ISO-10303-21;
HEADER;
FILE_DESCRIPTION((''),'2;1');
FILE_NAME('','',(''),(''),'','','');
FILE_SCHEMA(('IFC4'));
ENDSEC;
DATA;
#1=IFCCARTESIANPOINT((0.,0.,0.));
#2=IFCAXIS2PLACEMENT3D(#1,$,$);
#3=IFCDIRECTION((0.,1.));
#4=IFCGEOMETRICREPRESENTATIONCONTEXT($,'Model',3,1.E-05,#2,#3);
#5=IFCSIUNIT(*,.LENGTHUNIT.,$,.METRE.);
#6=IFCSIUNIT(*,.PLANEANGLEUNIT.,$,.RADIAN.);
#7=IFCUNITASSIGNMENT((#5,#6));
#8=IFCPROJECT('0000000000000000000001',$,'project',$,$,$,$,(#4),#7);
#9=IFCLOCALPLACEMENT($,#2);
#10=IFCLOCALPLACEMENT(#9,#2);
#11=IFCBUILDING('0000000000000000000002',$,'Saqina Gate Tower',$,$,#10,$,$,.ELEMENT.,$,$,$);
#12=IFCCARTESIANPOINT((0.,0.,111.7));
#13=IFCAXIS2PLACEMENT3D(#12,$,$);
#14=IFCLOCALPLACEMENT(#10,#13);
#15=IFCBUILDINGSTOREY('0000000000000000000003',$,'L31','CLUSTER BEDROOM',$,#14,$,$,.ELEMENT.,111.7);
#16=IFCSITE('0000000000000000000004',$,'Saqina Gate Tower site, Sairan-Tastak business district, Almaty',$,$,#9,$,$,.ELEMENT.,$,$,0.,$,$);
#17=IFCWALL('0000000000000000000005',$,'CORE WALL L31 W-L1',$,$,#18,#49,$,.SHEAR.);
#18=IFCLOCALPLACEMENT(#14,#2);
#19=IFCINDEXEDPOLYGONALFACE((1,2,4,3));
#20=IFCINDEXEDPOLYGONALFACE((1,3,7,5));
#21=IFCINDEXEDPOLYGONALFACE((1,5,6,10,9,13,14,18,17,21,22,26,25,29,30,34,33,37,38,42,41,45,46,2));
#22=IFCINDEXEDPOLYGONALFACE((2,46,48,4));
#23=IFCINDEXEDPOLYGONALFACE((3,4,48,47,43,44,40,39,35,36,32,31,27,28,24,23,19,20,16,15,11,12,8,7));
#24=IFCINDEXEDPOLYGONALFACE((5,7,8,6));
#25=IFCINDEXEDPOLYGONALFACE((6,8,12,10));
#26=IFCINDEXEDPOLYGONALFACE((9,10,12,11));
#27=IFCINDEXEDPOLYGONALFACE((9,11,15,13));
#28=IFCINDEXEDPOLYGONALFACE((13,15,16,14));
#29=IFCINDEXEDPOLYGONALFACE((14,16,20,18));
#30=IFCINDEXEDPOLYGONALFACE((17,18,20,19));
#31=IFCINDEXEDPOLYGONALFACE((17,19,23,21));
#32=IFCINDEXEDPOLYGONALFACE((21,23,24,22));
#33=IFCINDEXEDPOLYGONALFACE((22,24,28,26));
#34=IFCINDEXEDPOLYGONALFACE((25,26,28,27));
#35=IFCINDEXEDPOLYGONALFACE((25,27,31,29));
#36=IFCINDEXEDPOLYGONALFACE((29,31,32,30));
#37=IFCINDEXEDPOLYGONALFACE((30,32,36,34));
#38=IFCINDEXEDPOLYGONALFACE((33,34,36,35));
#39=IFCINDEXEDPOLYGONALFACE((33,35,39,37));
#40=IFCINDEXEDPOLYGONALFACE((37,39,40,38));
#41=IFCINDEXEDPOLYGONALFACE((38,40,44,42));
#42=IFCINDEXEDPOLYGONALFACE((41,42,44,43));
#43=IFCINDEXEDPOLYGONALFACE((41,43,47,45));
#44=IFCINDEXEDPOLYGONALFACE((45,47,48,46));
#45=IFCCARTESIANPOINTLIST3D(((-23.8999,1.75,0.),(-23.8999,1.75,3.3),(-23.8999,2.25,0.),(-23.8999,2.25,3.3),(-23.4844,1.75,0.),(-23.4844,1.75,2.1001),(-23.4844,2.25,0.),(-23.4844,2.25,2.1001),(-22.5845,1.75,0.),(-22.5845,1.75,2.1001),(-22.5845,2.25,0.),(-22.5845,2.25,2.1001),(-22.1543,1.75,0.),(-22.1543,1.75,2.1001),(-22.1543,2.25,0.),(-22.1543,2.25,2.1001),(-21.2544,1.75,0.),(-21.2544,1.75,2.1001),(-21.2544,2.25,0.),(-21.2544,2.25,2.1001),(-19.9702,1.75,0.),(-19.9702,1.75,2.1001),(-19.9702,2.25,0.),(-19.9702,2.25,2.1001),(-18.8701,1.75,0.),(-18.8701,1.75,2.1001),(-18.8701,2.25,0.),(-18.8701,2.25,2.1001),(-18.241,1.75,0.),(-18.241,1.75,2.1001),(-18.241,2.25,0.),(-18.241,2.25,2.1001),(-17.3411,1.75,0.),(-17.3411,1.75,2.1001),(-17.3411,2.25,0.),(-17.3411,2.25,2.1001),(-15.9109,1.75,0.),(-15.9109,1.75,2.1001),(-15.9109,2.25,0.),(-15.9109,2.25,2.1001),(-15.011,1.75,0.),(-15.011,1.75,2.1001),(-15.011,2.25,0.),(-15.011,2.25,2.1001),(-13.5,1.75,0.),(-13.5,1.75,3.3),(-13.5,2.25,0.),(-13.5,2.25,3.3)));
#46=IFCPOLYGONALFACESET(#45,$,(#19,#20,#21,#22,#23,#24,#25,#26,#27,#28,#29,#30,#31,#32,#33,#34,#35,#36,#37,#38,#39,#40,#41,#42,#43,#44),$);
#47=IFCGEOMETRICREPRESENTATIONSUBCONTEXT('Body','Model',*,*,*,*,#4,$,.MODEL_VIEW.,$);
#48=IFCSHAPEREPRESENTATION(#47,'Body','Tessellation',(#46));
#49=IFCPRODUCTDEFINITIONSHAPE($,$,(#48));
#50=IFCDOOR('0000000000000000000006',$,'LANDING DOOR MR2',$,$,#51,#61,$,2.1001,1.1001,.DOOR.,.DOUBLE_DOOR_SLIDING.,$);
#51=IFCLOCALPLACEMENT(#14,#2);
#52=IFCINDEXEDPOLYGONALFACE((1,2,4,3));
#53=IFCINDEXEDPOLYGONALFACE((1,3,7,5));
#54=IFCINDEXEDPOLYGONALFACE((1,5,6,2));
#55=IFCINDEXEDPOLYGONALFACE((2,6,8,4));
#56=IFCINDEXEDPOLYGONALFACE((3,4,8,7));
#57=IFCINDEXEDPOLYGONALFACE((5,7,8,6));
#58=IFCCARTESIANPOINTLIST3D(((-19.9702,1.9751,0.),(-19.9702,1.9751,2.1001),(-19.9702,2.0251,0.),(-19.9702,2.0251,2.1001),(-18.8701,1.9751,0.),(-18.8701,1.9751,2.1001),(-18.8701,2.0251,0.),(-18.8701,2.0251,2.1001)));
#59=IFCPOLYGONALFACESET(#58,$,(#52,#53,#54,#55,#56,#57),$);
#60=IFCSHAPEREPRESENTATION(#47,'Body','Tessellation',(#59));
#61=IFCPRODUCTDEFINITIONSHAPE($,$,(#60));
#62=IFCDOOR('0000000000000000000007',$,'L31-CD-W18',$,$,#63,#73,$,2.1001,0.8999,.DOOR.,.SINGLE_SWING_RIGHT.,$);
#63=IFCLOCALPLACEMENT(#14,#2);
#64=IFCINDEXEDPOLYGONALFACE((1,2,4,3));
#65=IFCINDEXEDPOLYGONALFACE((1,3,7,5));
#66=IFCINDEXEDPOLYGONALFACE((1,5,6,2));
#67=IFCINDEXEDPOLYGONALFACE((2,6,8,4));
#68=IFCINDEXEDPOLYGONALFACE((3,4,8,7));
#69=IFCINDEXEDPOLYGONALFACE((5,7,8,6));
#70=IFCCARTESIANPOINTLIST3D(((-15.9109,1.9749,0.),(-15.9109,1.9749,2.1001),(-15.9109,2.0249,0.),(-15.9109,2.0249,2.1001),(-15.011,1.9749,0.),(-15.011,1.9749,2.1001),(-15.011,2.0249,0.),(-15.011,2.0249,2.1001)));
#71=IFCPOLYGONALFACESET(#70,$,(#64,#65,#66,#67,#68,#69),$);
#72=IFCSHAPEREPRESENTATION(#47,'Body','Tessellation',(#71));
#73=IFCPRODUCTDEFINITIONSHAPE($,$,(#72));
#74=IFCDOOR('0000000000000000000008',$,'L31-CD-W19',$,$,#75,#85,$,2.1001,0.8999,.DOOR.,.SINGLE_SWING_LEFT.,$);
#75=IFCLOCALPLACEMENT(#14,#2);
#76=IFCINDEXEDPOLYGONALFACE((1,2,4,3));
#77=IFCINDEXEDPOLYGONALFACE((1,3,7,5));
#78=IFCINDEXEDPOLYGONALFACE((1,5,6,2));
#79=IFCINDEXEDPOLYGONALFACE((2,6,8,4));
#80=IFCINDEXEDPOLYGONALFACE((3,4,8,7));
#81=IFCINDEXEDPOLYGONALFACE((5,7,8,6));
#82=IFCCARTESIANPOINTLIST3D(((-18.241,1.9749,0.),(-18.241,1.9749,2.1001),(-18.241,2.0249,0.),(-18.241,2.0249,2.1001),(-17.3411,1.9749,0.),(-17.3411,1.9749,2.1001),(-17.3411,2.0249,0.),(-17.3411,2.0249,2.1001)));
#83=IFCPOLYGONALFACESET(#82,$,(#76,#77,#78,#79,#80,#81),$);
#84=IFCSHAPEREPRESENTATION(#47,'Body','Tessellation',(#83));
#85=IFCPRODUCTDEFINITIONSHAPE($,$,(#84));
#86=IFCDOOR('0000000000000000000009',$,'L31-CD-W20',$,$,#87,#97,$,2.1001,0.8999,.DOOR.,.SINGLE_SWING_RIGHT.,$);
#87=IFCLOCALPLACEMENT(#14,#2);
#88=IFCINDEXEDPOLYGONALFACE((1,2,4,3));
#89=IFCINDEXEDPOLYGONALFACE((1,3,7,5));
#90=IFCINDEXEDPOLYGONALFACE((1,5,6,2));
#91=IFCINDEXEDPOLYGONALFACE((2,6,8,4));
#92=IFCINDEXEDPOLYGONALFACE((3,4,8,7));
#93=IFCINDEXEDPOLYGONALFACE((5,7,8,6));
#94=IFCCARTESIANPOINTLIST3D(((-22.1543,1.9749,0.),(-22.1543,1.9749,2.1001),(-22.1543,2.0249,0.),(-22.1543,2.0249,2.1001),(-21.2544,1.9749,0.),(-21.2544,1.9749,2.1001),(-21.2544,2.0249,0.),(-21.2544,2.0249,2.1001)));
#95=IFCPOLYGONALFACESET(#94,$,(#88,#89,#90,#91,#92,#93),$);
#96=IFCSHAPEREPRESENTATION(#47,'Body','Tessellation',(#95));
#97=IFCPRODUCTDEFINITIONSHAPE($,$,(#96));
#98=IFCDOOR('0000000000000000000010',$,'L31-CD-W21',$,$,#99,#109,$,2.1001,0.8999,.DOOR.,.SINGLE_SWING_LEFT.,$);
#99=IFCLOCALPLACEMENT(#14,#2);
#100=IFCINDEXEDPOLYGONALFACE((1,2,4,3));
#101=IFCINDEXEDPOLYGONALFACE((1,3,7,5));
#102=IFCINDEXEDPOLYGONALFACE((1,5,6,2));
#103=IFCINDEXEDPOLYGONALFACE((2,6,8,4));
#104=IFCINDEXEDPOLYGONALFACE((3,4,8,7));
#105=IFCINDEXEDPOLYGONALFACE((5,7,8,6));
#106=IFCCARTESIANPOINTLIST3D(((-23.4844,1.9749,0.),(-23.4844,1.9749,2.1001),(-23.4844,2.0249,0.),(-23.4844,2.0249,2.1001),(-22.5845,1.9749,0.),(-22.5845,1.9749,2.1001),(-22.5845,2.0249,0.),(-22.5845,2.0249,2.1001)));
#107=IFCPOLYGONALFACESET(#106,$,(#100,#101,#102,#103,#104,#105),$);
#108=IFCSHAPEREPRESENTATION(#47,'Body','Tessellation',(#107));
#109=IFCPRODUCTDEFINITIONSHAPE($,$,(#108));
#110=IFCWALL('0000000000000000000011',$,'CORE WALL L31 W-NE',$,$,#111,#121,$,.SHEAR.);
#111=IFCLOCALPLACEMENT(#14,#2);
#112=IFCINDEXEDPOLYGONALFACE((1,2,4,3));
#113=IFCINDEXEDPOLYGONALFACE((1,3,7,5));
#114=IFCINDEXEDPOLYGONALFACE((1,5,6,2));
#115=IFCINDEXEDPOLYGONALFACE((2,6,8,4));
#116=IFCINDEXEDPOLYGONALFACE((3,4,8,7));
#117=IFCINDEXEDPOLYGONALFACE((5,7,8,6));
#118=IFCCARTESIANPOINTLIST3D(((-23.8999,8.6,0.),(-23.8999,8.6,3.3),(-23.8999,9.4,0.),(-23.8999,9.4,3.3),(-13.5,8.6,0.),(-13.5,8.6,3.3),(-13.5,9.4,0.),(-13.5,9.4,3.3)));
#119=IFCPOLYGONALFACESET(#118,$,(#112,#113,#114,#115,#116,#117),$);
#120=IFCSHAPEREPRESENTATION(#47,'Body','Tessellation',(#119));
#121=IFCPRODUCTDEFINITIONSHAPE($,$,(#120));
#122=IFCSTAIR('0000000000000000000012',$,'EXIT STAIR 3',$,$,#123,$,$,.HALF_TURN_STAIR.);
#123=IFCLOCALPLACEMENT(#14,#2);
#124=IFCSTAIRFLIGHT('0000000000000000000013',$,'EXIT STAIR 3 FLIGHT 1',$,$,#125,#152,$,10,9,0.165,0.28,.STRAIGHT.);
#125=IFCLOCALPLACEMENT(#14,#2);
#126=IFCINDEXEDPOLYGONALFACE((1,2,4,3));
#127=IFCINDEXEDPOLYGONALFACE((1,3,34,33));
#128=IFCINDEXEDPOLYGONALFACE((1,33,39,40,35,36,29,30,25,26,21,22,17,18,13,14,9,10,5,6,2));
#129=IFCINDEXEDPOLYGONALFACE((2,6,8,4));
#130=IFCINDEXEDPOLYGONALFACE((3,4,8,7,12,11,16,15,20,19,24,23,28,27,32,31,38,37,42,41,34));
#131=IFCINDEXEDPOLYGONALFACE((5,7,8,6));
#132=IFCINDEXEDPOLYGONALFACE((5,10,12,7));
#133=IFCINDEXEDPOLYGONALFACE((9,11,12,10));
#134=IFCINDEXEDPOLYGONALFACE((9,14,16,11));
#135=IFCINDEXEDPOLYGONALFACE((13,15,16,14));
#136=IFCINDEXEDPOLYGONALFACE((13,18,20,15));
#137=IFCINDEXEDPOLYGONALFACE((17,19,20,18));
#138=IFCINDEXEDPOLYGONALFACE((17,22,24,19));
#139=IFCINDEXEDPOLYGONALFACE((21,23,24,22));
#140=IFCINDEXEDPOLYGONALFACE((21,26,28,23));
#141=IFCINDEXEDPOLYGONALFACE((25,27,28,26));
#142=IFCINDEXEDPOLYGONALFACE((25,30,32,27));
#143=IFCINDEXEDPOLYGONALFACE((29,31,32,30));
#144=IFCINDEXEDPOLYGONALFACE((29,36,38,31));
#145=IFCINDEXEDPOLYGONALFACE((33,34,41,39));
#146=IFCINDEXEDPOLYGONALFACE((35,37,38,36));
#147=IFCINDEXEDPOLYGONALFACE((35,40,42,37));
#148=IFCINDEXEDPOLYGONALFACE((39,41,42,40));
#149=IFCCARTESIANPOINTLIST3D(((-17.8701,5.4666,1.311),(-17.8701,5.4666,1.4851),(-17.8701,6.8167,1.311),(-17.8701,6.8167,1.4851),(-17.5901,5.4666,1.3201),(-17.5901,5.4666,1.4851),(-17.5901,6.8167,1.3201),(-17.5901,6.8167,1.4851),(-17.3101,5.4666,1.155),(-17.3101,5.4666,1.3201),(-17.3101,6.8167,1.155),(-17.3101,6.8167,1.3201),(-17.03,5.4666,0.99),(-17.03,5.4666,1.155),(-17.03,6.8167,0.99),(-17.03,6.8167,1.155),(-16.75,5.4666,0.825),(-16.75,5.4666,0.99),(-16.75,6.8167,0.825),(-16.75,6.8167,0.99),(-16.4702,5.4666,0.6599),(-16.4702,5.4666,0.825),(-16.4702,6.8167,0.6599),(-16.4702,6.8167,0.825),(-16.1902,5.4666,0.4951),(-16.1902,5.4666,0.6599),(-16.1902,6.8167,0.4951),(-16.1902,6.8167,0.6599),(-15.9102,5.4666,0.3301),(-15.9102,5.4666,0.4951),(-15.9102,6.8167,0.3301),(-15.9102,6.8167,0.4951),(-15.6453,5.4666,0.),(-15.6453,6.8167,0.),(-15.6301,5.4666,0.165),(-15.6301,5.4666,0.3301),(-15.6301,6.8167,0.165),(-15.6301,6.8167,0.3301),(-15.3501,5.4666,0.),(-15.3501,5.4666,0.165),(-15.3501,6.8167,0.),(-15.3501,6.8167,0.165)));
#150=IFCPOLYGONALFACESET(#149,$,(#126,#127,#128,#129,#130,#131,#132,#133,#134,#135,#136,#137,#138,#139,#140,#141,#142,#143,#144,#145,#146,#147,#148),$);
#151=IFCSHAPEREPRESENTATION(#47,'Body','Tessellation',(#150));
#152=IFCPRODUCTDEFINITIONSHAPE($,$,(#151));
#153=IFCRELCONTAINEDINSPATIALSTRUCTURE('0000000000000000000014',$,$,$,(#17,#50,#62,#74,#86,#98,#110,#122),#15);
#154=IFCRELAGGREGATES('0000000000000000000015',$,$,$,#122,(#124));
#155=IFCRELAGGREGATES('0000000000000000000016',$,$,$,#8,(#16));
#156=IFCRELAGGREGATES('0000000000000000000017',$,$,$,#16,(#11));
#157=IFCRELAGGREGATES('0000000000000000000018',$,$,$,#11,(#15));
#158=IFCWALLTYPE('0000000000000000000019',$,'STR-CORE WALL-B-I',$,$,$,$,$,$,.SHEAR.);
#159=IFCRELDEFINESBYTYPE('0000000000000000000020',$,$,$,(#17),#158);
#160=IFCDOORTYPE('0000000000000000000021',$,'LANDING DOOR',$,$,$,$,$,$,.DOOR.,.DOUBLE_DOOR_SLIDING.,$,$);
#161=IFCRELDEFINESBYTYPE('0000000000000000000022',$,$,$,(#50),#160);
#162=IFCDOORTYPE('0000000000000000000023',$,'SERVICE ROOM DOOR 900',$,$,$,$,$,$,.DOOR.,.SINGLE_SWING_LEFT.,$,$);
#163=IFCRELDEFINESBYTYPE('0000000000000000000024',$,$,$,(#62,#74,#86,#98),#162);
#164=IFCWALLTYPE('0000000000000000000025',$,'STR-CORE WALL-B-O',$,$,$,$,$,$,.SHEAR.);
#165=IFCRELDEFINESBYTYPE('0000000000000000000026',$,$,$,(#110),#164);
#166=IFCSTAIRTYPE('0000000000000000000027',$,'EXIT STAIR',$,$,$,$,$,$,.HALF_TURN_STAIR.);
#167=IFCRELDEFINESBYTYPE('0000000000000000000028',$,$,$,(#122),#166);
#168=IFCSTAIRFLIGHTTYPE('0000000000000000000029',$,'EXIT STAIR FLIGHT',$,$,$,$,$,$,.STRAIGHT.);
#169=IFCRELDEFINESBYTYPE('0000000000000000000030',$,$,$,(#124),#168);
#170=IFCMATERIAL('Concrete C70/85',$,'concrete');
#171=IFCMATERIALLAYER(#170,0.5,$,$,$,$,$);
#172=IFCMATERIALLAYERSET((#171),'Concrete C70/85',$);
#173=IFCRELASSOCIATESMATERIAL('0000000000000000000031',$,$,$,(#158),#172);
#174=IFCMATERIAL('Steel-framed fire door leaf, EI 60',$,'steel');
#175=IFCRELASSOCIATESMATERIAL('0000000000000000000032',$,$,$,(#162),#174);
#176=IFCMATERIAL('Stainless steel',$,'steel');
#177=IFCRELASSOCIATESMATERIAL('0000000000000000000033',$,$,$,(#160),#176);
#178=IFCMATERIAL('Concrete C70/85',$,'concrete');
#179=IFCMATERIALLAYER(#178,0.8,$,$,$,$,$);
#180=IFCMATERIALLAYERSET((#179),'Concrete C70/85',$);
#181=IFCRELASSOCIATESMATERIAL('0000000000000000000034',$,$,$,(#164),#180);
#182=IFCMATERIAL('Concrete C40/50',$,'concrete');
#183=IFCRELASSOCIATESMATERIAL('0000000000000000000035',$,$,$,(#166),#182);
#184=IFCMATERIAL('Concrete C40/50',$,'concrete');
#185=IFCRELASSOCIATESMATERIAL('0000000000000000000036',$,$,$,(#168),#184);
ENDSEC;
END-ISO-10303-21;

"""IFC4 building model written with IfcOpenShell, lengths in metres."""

from ifc_helpers import new_model, si_unit, direction, frame, frame_2d, origin, place, context, subcontext, project, spatial, polyline, rectangle, outline, extrude, material, layer, layer_set, type_object, element, fill, aggregate, save


model = new_model("IFC4")

# Units and contexts
model_context = context("Model", 3, precision=1e-05, world=origin(), true_north=direction((0.0, 1.0)))
body_context = subcontext(model_context, "Body", "Model", "MODEL_VIEW")
ifc_project = project(units=[si_unit("LENGTHUNIT", "METRE"), si_unit("PLANEANGLEUNIT", "RADIAN")], contexts=[model_context])

# Site, building, storey
site_placement = place(None, origin())
site = spatial("IfcSite", under=ifc_project, at=site_placement, Name="Saqina Gate Tower site, Sairan-Tastak business district, Almaty", CompositionType="ELEMENT", RefElevation=0.0)
building_placement = place(site_placement, origin())
building = spatial("IfcBuilding", under=site, at=building_placement, Name="Saqina Gate Tower", CompositionType="ELEMENT")
storey_placement = place(building_placement, frame((0.0, 0.0, 111.7)))
storey = spatial("IfcBuildingStorey", under=building, at=storey_placement, Name="L31", Description="CLUSTER BEDROOM", CompositionType="ELEMENT", Elevation=111.7)

# Shared definitions
ifc_material_1 = material(Name="Concrete C70/85", Category="concrete")
ifc_layer_1 = layer(ifc_material_1, 0.5)
ifc_layer_set_1 = layer_set([ifc_layer_1], Name="Concrete C70/85")
wall_type_1 = type_object("IfcWallType", Name="STR-CORE WALL-B-I", PredefinedType="SHEAR", material=ifc_layer_set_1)
ifc_material_2 = material(Name="Steel-framed fire door leaf, EI 60", Category="steel")
door_type_1 = type_object("IfcDoorType", Name="SERVICE ROOM DOOR 900", OperationType="SINGLE_SWING_LEFT", PredefinedType="DOOR", material=ifc_material_2)

# Wall, openings, doors
wall_1_placement = place(storey_placement, frame((-13.5, 2.0, 0.0), z_axis=(0.0, 0.0, 1.0), x_axis=(-1.0, 0.0, 0.0)))
wall_1 = element("IfcWall", 1, at=wall_1_placement, inside=storey, type_object=wall_type_1, Name="CORE WALL L31 W-L1", PredefinedType="SHEAR", context=body_context, shape_type="SweptSolid", body=[
    extrude(rectangle(XDim=10.3999, YDim=0.5, at=frame_2d((5.2, 0.0))), origin(), (0.0, 0.0, 1.0), 3.3),
])
opening_1_placement = place(wall_1_placement, frame((5.3701, 0.0, 0.0)))
opening_1 = element("IfcOpeningElement", 2, at=opening_1_placement, cuts=wall_1, PredefinedType="OPENING", context=body_context, shape_type="SweptSolid", body=[
    extrude(rectangle(XDim=1.1001, YDim=2.1001, at=frame_2d((0.55, 1.05))), frame((0.0, 0.262, 0.0), z_axis=(0.0, -1.0, 0.0), x_axis=(1.0, 0.0, 0.0)), (0.0, 0.0, 1.0), 0.5239),
])
opening_2_placement = place(wall_1_placement, frame((1.511, 0.0, 0.0)))
opening_2 = element("IfcOpeningElement", 3, at=opening_2_placement, cuts=wall_1, PredefinedType="OPENING", context=body_context, shape_type="SweptSolid", body=[
    extrude(rectangle(XDim=0.8999, YDim=2.1001, at=frame_2d((0.45, 1.05))), frame((0.0, 0.262, 0.0), z_axis=(0.0, -1.0, 0.0), x_axis=(1.0, 0.0, 0.0)), (0.0, 0.0, 1.0), 0.5239),
])
opening_3_placement = place(wall_1_placement, frame((3.8411, 0.0, 0.0)))
opening_3 = element("IfcOpeningElement", 4, at=opening_3_placement, cuts=wall_1, PredefinedType="OPENING", context=body_context, shape_type="SweptSolid", body=[
    extrude(rectangle(XDim=0.8999, YDim=2.1001, at=frame_2d((0.45, 1.05))), frame((0.0, 0.262, 0.0), z_axis=(0.0, -1.0, 0.0), x_axis=(1.0, 0.0, 0.0)), (0.0, 0.0, 1.0), 0.5239),
])
opening_4_placement = place(wall_1_placement, frame((7.7544, 0.0, 0.0)))
opening_4 = element("IfcOpeningElement", 5, at=opening_4_placement, cuts=wall_1, PredefinedType="OPENING", context=body_context, shape_type="SweptSolid", body=[
    extrude(rectangle(XDim=0.8999, YDim=2.1001, at=frame_2d((0.45, 1.05))), frame((0.0, 0.262, 0.0), z_axis=(0.0, -1.0, 0.0), x_axis=(1.0, 0.0, 0.0)), (0.0, 0.0, 1.0), 0.5239),
])
opening_5_placement = place(wall_1_placement, frame((9.0845, 0.0, 0.0)))
opening_5 = element("IfcOpeningElement", 6, at=opening_5_placement, cuts=wall_1, PredefinedType="OPENING", context=body_context, shape_type="SweptSolid", body=[
    extrude(rectangle(XDim=0.8999, YDim=2.1001, at=frame_2d((0.45, 1.05))), frame((0.0, 0.262, 0.0), z_axis=(0.0, -1.0, 0.0), x_axis=(1.0, 0.0, 0.0)), (0.0, 0.0, 1.0), 0.5239),
])
ifc_material_3 = material(Name="Stainless steel", Category="steel")
door_type_2 = type_object("IfcDoorType", Name="LANDING DOOR", OperationType="DOUBLE_DOOR_SLIDING", PredefinedType="DOOR", material=ifc_material_3)
door_1_placement = place(opening_1_placement, origin())
door_1 = element("IfcDoor", 7, at=door_1_placement, inside=storey, type_object=door_type_2, Name="LANDING DOOR MR2", OperationType="DOUBLE_DOOR_SLIDING", OverallHeight=2.1001, OverallWidth=1.1001, PredefinedType="DOOR", context=body_context, shape_type="SweptSolid", body=[
    extrude(rectangle(XDim=1.1001, YDim=2.1001, at=frame_2d((0.55, 1.05))), frame((0.0, 0.0249, 0.0), z_axis=(0.0, -1.0, 0.0), x_axis=(1.0, 0.0, 0.0)), (0.0, 0.0, 1.0), 0.05),
])
fill(opening_1, door_1)
door_2_placement = place(opening_2_placement, frame((0.8999, 0.0, 0.0), z_axis=(0.0, 0.0, 1.0), x_axis=(-1.0, 0.0, 0.0)))
door_2 = element("IfcDoor", 8, at=door_2_placement, inside=storey, type_object=door_type_1, Name="L31-CD-W18", OperationType="SINGLE_SWING_RIGHT", OverallHeight=2.1001, OverallWidth=0.8999, PredefinedType="DOOR", context=body_context, shape_type="SweptSolid", body=[
    extrude(rectangle(XDim=0.8999, YDim=2.1001, at=frame_2d((0.45, 1.05))), frame((0.0, 0.0249, 0.0), z_axis=(0.0, -1.0, 0.0), x_axis=(1.0, 0.0, 0.0)), (0.0, 0.0, 1.0), 0.05),
])
fill(opening_2, door_2)
door_3_placement = place(opening_3_placement, frame((0.8999, 0.0, 0.0), z_axis=(0.0, 0.0, 1.0), x_axis=(-1.0, 0.0, 0.0)))
door_3 = element("IfcDoor", 9, at=door_3_placement, inside=storey, type_object=door_type_1, Name="L31-CD-W19", OperationType="SINGLE_SWING_LEFT", OverallHeight=2.1001, OverallWidth=0.8999, PredefinedType="DOOR", context=body_context, shape_type="SweptSolid", body=[
    extrude(rectangle(XDim=0.8999, YDim=2.1001, at=frame_2d((0.45, 1.05))), frame((0.0, 0.0249, 0.0), z_axis=(0.0, -1.0, 0.0), x_axis=(1.0, 0.0, 0.0)), (0.0, 0.0, 1.0), 0.05),
])
fill(opening_3, door_3)
door_4_placement = place(opening_4_placement, frame((0.8999, 0.0, 0.0), z_axis=(0.0, 0.0, 1.0), x_axis=(-1.0, 0.0, 0.0)))
door_4 = element("IfcDoor", 10, at=door_4_placement, inside=storey, type_object=door_type_1, Name="L31-CD-W20", OperationType="SINGLE_SWING_RIGHT", OverallHeight=2.1001, OverallWidth=0.8999, PredefinedType="DOOR", context=body_context, shape_type="SweptSolid", body=[
    extrude(rectangle(XDim=0.8999, YDim=2.1001, at=frame_2d((0.45, 1.05))), frame((0.0, 0.0249, 0.0), z_axis=(0.0, -1.0, 0.0), x_axis=(1.0, 0.0, 0.0)), (0.0, 0.0, 1.0), 0.05),
])
fill(opening_4, door_4)
door_5_placement = place(opening_5_placement, frame((0.8999, 0.0, 0.0), z_axis=(0.0, 0.0, 1.0), x_axis=(-1.0, 0.0, 0.0)))
door_5 = element("IfcDoor", 11, at=door_5_placement, inside=storey, type_object=door_type_1, Name="L31-CD-W21", OperationType="SINGLE_SWING_LEFT", OverallHeight=2.1001, OverallWidth=0.8999, PredefinedType="DOOR", context=body_context, shape_type="SweptSolid", body=[
    extrude(rectangle(XDim=0.8999, YDim=2.1001, at=frame_2d((0.45, 1.05))), frame((0.0, 0.0249, 0.0), z_axis=(0.0, -1.0, 0.0), x_axis=(1.0, 0.0, 0.0)), (0.0, 0.0, 1.0), 0.05),
])
fill(opening_5, door_5)

# Wall
ifc_material_4 = material(Name="Concrete C70/85", Category="concrete")
ifc_layer_2 = layer(ifc_material_4, 0.8)
ifc_layer_set_2 = layer_set([ifc_layer_2], Name="Concrete C70/85")
wall_type_2 = type_object("IfcWallType", Name="STR-CORE WALL-B-O", PredefinedType="SHEAR", material=ifc_layer_set_2)
wall_2_placement = place(storey_placement, frame((-13.5, 9.0, 0.0), z_axis=(0.0, 0.0, 1.0), x_axis=(-1.0, 0.0, 0.0)))
element("IfcWall", 12, at=wall_2_placement, inside=storey, type_object=wall_type_2, Name="CORE WALL L31 W-NE", PredefinedType="SHEAR", context=body_context, shape_type="SweptSolid", body=[
    extrude(rectangle(XDim=10.3999, YDim=0.8, at=frame_2d((5.2, 0.0))), origin(), (0.0, 0.0, 1.0), 3.3),
])

# Stair, stair flight
ifc_material_5 = material(Name="Concrete C40/50", Category="concrete")
stair_type = type_object("IfcStairType", Name="EXIT STAIR", PredefinedType="HALF_TURN_STAIR", material=ifc_material_5)
stair_placement = place(storey_placement, origin())
stair = element("IfcStair", 13, at=stair_placement, inside=storey, type_object=stair_type, Name="EXIT STAIR 3", PredefinedType="HALF_TURN_STAIR")
ifc_material_6 = material(Name="Concrete C40/50", Category="concrete")
stair_flight_type = type_object("IfcStairFlightType", Name="EXIT STAIR FLIGHT", PredefinedType="STRAIGHT", material=ifc_material_6)
stair_flight_1_placement = place(storey_placement, frame((-15.3501, 6.1416, 0.0), z_axis=(0.0, 0.0, 1.0), x_axis=(-1.0, 0.0, 0.0)))
stair_flight_1 = element("IfcStairFlight", 14, at=stair_flight_1_placement, type_object=stair_flight_type, Name="EXIT STAIR 3 FLIGHT 1", NumberOfRisers=10, NumberOfTreads=9, PredefinedType="STRAIGHT", RiserHeight=0.165, TreadLength=0.28, context=body_context, shape_type="SweptSolid", body=[
    extrude(outline(polyline([(0.0, 0.0), (0.0, 0.165), (0.28, 0.165), (0.28, 0.3301), (0.5601, 0.3301), (0.5601, 0.4951), (0.8401, 0.4951), (0.8401, 0.6599), (1.1201, 0.6599), (1.1201, 0.825), (1.3999, 0.825), (1.3999, 0.99), (1.6799, 0.99), (1.6799, 1.155), (1.96, 1.155), (1.96, 1.3201), (2.24, 1.3201), (2.24, 1.4851), (2.52, 1.4851), (2.52, 1.6499), (2.52, 1.311), (0.2952, 0.0), (0.0, 0.0)])), frame((0.0, 0.675, 0.0), z_axis=(0.0, -1.0, 0.0), x_axis=(1.0, 0.0, 0.0)), (0.0, 0.0, 1.0), 1.3501),
])
aggregate(stair, [stair_flight_1])

save(model, "model.ifc")
